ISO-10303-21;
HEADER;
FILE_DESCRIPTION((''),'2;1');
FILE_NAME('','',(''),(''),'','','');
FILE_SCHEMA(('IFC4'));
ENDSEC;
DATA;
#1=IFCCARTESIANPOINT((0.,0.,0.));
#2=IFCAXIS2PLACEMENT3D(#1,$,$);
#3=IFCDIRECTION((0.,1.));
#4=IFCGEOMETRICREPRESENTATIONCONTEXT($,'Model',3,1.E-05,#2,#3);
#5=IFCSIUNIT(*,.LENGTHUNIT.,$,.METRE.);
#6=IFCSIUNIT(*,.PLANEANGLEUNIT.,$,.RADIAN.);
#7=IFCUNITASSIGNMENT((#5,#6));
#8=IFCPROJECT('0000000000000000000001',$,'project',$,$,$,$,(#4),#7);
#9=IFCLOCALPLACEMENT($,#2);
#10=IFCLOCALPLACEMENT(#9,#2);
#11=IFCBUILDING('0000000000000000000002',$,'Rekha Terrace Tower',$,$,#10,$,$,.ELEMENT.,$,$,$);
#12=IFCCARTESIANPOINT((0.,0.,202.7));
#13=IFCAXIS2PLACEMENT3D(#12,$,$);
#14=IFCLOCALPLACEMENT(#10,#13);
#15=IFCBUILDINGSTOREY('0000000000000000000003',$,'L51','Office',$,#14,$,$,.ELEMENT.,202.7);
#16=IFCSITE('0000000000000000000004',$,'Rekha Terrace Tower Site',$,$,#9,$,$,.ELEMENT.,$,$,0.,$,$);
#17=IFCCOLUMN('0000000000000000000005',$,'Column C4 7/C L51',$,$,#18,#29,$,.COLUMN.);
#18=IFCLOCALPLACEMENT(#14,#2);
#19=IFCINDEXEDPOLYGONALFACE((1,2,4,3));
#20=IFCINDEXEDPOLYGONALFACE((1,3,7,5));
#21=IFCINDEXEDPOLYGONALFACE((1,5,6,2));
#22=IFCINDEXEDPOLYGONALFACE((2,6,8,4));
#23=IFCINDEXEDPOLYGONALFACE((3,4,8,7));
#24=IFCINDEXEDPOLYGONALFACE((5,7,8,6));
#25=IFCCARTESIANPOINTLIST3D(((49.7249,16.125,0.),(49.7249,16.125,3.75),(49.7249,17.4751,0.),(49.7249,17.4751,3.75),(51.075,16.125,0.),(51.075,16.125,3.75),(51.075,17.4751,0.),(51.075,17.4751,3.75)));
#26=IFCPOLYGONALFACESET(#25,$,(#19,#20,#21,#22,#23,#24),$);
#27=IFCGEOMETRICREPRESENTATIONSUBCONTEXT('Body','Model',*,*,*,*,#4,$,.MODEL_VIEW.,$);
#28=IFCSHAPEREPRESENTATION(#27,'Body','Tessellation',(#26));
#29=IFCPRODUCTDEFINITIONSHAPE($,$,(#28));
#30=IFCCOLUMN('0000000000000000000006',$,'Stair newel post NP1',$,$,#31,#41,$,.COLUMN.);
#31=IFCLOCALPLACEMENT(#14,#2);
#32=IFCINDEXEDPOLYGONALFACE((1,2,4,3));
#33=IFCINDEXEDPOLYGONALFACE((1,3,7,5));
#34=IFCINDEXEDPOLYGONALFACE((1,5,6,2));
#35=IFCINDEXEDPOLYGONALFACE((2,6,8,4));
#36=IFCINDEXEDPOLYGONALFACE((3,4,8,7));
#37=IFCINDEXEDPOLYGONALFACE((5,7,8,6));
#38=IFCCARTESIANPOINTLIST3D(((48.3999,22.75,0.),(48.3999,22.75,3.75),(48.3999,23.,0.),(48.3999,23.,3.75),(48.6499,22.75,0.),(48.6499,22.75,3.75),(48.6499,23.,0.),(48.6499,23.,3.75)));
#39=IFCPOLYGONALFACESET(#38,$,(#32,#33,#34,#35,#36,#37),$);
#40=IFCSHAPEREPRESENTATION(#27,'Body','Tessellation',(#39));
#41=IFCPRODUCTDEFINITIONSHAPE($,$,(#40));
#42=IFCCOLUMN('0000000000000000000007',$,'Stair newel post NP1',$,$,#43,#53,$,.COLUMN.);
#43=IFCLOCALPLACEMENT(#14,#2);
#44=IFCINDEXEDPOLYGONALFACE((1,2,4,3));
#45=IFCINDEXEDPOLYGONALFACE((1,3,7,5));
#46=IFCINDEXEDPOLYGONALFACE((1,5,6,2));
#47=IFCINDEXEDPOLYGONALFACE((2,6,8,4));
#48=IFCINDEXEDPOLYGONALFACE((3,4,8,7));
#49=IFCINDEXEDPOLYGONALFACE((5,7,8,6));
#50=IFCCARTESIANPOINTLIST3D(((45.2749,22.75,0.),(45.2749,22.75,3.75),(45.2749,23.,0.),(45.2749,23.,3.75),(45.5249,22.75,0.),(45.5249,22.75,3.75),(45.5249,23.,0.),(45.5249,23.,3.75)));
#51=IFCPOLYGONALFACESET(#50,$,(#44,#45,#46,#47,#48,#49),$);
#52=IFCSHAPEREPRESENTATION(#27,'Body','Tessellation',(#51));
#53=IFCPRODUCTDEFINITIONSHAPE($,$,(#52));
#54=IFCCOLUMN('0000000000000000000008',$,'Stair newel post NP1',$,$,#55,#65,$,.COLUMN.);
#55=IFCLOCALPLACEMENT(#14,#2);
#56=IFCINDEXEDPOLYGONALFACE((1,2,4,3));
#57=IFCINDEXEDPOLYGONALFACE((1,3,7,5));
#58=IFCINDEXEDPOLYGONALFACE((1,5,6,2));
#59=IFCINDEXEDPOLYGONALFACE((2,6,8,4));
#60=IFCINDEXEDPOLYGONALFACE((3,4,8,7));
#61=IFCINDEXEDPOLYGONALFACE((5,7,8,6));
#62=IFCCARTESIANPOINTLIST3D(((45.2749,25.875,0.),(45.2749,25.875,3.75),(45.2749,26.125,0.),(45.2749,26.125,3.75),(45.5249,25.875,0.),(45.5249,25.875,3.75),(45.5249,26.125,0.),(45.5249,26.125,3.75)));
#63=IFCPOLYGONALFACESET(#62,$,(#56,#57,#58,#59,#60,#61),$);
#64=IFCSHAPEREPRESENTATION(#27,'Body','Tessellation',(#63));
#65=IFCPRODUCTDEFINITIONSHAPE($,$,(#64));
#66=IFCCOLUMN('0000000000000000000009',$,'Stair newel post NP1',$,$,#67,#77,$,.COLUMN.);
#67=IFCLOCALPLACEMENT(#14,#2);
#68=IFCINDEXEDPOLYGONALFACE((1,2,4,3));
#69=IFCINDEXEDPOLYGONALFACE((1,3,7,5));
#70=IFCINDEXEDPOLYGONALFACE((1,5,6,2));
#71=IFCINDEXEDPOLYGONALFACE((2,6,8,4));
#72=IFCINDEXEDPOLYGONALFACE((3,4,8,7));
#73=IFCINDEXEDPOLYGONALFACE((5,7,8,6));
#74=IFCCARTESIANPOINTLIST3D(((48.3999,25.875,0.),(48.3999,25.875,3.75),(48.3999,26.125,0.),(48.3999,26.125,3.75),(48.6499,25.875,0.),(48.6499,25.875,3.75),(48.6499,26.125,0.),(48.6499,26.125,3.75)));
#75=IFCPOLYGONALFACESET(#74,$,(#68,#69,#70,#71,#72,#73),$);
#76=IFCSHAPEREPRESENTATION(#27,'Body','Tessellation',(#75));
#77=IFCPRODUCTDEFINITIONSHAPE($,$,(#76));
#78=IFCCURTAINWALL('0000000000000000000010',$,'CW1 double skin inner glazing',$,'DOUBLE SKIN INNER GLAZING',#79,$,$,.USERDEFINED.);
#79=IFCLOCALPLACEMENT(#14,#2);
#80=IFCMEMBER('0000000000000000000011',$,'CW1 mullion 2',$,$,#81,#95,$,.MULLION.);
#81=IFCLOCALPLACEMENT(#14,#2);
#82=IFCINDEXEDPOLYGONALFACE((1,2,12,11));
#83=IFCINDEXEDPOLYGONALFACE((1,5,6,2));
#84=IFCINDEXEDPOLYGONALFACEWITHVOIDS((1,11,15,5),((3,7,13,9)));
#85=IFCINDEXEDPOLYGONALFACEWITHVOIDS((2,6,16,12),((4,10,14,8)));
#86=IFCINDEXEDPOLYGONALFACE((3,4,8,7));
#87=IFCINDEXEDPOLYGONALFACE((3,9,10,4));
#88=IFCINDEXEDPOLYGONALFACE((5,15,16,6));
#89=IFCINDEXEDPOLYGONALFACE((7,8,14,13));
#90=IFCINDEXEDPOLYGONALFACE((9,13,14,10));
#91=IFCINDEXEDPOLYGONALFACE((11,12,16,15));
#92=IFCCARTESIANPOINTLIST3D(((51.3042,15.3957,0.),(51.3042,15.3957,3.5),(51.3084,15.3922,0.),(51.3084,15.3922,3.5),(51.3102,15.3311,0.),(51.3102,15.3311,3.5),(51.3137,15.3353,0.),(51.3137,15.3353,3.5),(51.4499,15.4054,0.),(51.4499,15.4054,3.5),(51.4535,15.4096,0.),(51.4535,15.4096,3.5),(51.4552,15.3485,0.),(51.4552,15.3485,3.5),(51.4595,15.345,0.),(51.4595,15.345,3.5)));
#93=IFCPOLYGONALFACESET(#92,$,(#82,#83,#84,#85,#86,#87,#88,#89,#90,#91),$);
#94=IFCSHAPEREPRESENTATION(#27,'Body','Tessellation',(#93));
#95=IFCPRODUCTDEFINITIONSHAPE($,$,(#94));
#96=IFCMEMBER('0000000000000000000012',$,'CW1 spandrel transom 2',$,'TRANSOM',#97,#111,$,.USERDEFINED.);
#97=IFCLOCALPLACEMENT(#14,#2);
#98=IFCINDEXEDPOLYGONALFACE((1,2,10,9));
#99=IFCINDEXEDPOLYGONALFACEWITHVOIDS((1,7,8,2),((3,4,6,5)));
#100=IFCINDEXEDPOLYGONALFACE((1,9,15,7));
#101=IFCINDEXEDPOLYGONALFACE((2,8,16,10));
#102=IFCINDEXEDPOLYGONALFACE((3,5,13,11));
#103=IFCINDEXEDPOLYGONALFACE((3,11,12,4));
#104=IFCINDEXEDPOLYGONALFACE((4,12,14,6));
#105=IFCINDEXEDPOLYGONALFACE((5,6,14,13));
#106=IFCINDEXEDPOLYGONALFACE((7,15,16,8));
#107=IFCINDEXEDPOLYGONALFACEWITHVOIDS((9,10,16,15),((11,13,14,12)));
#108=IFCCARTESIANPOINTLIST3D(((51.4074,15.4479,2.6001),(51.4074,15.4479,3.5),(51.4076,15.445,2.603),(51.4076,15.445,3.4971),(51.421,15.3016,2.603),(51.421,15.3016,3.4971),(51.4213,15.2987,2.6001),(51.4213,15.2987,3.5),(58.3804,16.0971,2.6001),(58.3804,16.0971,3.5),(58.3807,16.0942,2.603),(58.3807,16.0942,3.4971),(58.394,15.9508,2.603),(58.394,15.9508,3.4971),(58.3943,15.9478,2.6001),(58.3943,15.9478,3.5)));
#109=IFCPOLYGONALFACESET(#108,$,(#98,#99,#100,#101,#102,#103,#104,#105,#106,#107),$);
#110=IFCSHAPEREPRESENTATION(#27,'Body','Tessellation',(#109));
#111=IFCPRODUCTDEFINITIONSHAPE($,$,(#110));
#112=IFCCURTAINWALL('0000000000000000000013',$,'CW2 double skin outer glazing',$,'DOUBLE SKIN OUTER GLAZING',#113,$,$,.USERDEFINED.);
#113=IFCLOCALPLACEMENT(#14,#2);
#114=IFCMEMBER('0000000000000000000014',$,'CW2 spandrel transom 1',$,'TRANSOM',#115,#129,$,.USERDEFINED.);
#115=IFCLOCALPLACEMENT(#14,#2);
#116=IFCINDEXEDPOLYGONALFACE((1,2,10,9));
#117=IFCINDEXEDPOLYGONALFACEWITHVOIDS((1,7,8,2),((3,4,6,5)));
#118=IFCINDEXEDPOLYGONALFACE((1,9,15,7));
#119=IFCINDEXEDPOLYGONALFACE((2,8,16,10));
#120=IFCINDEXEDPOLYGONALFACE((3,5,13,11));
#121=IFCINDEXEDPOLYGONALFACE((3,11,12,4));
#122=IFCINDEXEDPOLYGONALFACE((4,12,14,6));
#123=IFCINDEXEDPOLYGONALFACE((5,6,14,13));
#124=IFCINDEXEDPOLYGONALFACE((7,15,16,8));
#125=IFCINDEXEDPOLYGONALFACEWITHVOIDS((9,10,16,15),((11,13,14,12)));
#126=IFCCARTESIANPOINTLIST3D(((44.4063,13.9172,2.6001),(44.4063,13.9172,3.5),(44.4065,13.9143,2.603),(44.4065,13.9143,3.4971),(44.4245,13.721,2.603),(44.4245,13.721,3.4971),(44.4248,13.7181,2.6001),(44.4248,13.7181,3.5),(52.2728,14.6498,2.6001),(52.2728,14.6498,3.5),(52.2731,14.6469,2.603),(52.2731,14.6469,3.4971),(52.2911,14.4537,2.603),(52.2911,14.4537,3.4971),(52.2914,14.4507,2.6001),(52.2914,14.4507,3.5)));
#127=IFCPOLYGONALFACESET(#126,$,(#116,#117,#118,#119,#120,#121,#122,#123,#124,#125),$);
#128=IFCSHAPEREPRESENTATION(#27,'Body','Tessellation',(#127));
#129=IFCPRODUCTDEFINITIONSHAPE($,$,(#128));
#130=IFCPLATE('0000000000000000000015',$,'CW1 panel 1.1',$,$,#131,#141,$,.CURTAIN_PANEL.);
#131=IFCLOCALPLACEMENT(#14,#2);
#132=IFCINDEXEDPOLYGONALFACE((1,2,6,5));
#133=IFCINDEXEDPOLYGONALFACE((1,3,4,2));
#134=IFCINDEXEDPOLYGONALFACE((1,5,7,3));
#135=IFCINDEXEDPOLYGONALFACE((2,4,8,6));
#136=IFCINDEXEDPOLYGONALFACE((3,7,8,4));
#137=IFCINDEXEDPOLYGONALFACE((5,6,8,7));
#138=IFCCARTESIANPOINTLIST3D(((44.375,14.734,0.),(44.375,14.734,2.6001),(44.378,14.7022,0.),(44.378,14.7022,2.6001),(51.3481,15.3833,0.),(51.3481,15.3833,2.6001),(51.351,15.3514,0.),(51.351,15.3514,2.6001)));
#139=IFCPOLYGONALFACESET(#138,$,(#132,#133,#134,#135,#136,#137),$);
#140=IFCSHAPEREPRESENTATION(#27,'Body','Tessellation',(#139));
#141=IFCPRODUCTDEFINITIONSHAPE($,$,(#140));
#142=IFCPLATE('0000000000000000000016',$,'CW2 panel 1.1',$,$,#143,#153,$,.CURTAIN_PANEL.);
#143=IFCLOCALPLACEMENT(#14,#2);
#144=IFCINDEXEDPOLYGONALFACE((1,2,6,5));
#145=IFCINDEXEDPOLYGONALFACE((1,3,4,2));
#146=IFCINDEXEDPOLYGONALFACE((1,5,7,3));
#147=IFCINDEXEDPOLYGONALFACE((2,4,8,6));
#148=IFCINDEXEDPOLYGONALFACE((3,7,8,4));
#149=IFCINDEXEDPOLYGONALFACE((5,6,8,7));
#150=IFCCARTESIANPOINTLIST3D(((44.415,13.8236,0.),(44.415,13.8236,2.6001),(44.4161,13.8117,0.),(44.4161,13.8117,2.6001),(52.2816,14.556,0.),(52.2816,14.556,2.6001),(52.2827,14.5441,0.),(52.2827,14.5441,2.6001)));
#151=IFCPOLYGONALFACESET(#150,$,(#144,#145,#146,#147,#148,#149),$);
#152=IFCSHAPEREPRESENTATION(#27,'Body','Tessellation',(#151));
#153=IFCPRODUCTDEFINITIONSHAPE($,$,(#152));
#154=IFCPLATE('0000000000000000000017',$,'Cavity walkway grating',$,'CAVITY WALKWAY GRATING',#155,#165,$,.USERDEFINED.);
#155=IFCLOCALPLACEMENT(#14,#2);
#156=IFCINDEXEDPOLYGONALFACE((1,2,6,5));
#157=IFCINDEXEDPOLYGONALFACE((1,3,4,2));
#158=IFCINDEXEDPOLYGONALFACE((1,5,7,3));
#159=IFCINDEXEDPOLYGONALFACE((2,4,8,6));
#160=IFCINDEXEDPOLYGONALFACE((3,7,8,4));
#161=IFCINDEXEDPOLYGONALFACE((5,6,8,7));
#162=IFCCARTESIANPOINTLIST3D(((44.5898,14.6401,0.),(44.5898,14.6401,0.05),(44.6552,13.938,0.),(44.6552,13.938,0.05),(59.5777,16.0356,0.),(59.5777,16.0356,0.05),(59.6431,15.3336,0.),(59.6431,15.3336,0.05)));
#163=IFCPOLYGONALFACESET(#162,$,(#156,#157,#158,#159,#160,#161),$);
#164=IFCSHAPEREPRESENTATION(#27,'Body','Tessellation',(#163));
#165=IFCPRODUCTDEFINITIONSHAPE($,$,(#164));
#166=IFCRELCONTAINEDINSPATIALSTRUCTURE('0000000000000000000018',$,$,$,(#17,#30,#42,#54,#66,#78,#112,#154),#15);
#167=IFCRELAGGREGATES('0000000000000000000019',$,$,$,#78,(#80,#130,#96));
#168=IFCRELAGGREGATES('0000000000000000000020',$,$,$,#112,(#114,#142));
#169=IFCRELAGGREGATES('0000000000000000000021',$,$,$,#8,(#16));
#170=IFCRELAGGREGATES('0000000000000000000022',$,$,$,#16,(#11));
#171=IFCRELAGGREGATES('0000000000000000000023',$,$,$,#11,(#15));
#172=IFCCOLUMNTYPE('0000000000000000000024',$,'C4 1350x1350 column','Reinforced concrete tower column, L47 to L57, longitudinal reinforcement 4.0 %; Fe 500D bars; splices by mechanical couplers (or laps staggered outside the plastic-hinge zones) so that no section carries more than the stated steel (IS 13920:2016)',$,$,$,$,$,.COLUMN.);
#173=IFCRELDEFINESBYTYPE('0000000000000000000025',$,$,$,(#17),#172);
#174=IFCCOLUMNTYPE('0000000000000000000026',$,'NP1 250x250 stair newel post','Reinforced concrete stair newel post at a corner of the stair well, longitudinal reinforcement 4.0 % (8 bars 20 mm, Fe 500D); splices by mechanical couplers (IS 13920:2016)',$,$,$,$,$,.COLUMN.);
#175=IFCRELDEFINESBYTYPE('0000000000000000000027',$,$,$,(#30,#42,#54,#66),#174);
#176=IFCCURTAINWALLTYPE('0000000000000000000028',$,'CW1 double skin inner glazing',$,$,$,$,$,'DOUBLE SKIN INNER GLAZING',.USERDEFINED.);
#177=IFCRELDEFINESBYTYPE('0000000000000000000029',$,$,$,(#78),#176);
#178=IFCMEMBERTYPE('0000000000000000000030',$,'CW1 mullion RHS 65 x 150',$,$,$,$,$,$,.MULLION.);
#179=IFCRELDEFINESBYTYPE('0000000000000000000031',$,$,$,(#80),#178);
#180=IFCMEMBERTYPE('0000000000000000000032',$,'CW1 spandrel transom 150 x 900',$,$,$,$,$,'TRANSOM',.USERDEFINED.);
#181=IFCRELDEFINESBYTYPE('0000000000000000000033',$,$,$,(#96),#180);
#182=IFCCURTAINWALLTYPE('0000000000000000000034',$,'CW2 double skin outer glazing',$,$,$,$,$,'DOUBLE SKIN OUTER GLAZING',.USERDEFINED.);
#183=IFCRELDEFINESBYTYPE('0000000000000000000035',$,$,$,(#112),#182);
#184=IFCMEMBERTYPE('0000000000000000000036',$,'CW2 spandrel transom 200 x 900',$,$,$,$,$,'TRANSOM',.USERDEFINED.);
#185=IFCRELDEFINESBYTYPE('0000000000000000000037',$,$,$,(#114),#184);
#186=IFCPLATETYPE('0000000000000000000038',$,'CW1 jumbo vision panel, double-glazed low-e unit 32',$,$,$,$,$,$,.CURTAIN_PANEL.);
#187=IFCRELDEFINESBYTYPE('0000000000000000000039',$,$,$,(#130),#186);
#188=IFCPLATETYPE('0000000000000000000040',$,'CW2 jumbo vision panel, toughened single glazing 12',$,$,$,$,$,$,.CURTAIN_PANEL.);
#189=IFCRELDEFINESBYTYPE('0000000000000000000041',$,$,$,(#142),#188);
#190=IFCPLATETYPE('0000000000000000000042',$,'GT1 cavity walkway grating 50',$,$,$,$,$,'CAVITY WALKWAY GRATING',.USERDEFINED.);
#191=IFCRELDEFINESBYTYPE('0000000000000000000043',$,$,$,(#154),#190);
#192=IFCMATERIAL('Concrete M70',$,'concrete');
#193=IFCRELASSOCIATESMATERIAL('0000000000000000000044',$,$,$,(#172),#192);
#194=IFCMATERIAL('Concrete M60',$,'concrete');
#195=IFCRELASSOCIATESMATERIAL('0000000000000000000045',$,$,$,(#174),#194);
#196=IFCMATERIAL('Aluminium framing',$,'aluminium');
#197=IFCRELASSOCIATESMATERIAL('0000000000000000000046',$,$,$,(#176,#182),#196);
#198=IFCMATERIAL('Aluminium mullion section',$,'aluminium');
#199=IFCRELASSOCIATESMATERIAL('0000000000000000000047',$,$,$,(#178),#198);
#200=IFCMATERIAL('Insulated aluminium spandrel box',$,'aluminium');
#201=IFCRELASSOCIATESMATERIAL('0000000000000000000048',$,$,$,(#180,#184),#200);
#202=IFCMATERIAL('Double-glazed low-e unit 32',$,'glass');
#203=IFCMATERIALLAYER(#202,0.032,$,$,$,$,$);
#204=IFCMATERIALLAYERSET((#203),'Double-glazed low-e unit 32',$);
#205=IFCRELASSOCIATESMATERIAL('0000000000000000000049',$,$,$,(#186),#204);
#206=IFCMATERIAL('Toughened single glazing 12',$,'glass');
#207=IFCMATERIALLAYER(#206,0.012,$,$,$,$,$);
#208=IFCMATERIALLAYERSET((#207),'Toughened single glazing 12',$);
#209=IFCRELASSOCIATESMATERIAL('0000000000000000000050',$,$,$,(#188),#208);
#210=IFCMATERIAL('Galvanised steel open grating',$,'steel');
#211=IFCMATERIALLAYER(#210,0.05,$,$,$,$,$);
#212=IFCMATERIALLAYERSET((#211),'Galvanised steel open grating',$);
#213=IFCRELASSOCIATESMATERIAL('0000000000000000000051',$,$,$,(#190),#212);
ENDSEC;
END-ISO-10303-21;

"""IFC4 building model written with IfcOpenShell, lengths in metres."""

from ifc_helpers import new_model, si_unit, direction, frame, origin, origin_2d, place, context, subcontext, project, spatial, rectangle, hollow_rectangle, extrude, material, layer, layer_set, material_profile, profile_set, type_object, element, aggregate, save


model = new_model("IFC4")

# Units and contexts
model_context = context("Model", 3, precision=1e-05, world=origin(), true_north=direction((0.0, 1.0)))
body_context = subcontext(model_context, "Body", "Model", "MODEL_VIEW")
ifc_project = project(units=[si_unit("LENGTHUNIT", "METRE"), si_unit("PLANEANGLEUNIT", "RADIAN")], contexts=[model_context])

# Site, building, storey
site_placement = place(None, origin())
site = spatial("IfcSite", under=ifc_project, at=site_placement, Name="Rekha Terrace Tower Site", CompositionType="ELEMENT", RefElevation=0.0)
building_placement = place(site_placement, origin())
building = spatial("IfcBuilding", under=site, at=building_placement, Name="Rekha Terrace Tower", CompositionType="ELEMENT")
storey_placement = place(building_placement, frame((0.0, 0.0, 202.7)))
storey = spatial("IfcBuildingStorey", under=building, at=storey_placement, Name="L51", Description="Office", CompositionType="ELEMENT", Elevation=202.7)

# Columns
ifc_material_1 = material(Name="Concrete M70", Category="concrete")
ifc_material_profile_1 = material_profile(ifc_material_1, rectangle(XDim=1.3501, YDim=1.3501, at=origin_2d()), Name="RC 1350x1350")
ifc_profile_set_1 = profile_set([ifc_material_profile_1], Name="Concrete M70")
column_type_1 = type_object("IfcColumnType", Name="C4 1350x1350 column", Description="Reinforced concrete tower column, L47 to L57, longitudinal reinforcement 4.0 %; Fe 500D bars; splices by mechanical couplers (or laps staggered outside the plastic-hinge zones) so that no section carries more than the stated steel (IS 13920:2016)", PredefinedType="COLUMN", material=ifc_profile_set_1)
column_placement = place(storey_placement, frame((50.3999, 16.8, 0.0), z_axis=(0.0, 0.0, 1.0), x_axis=(1.0, 0.0, 0.0)))
element("IfcColumn", 1, at=column_placement, inside=storey, type_object=column_type_1, Name="Column C4 7/C L51", PredefinedType="COLUMN", context=body_context, shape_type="SweptSolid", body=[
    extrude(rectangle(XDim=1.3501, YDim=1.3501, at=origin_2d()), origin(), (0.0, 0.0, 1.0), 3.75),
])
ifc_material_2 = material(Name="Concrete M60", Category="concrete")
ifc_material_profile_2 = material_profile(ifc_material_2, rectangle(XDim=0.25, YDim=0.25, at=origin_2d()), Name="RC 250x250")
ifc_profile_set_2 = profile_set([ifc_material_profile_2], Name="Concrete M60")
column_type_2 = type_object("IfcColumnType", Name="NP1 250x250 stair newel post", Description="Reinforced concrete stair newel post at a corner of the stair well, longitudinal reinforcement 4.0 % (8 bars 20 mm, Fe 500D); splices by mechanical couplers (IS 13920:2016)", PredefinedType="COLUMN", material=ifc_profile_set_2)
for number, where, z_axis, x_axis, name in (
    (2, (48.5249, 22.875, 0.0), (0.0, 0.0, 1.0), (1.0, 0.0, 0.0), "Stair newel post NP1"),
    (3, (45.3999, 22.875, 0.0), (0.0, 0.0, 1.0), (1.0, 0.0, 0.0), "Stair newel post NP1"),
    (4, (45.3999, 26.0, 0.0), (0.0, 0.0, 1.0), (1.0, 0.0, 0.0), "Stair newel post NP1"),
    (5, (48.5249, 26.0, 0.0), (0.0, 0.0, 1.0), (1.0, 0.0, 0.0), "Stair newel post NP1"),
):
    element("IfcColumn", number, at=place(storey_placement, frame(where, z_axis=z_axis, x_axis=x_axis)), inside=storey, type_object=column_type_2, Name=name, PredefinedType="COLUMN", context=body_context, shape_type="SweptSolid", body=[
        extrude(rectangle(XDim=0.25, YDim=0.25, at=origin_2d()), origin(), (0.0, 0.0, 1.0), 3.75),
    ])

# Curtain wall, members
ifc_material_3 = material(Name="Aluminium framing", Category="aluminium")
curtain_wall_type_1 = type_object("IfcCurtainWallType", Name="CW1 double skin inner glazing", ElementType="DOUBLE SKIN INNER GLAZING", PredefinedType="USERDEFINED", material=ifc_material_3)
curtain_wall_1_placement = place(storey_placement, origin())
curtain_wall_1 = element("IfcCurtainWall", 6, at=curtain_wall_1_placement, inside=storey, type_object=curtain_wall_type_1, Name="CW1 double skin inner glazing", ObjectType="DOUBLE SKIN INNER GLAZING", PredefinedType="USERDEFINED")
ifc_material_4 = material(Name="Aluminium mullion section", Category="aluminium")
ifc_material_profile_3 = material_profile(ifc_material_4, hollow_rectangle(XDim=0.0649, YDim=0.1499, WallThickness=0.0039, at=origin_2d()), Name="AL RHS 65x150")
ifc_profile_set_3 = profile_set([ifc_material_profile_3], Name="Aluminium mullion section")
member_type_1 = type_object("IfcMemberType", Name="CW1 mullion RHS 65 x 150", PredefinedType="MULLION", material=ifc_profile_set_3)
member_1_placement = place(storey_placement, frame((51.3818, 15.3704, 0.0), z_axis=(0.0, 0.0, 1.0), x_axis=(-0.092709, 0.995693, 0.0)))
member_1 = element("IfcMember", 7, at=member_1_placement, type_object=member_type_1, Name="CW1 mullion 2", PredefinedType="MULLION", context=body_context, shape_type="SweptSolid", body=[
    extrude(hollow_rectangle(XDim=0.0649, YDim=0.1499, WallThickness=0.0039, at=origin_2d()), origin(), (0.0, 0.0, 1.0), 3.5),
])
ifc_material_5 = material(Name="Insulated aluminium spandrel box", Category="aluminium")
ifc_material_profile_4 = material_profile(ifc_material_5, hollow_rectangle(XDim=0.1499, YDim=0.8999, WallThickness=0.0029, at=origin_2d()), Name="AL SPANDREL BOX 150x900")
ifc_profile_set_4 = profile_set([ifc_material_profile_4], Name="Insulated aluminium spandrel box")
member_type_2 = type_object("IfcMemberType", Name="CW1 spandrel transom 150 x 900", ElementType="TRANSOM", PredefinedType="USERDEFINED", material=ifc_profile_set_4)
member_2_placement = place(storey_placement, frame((51.4143, 15.3733, 3.05), z_axis=(0.995694, 0.092698, 0.0), x_axis=(-0.092698, 0.995694, 0.0)))
member_2 = element("IfcMember", 8, at=member_2_placement, type_object=member_type_2, Name="CW1 spandrel transom 2", ObjectType="TRANSOM", PredefinedType="USERDEFINED", context=body_context, shape_type="SweptSolid", body=[
    extrude(hollow_rectangle(XDim=0.1499, YDim=0.8999, WallThickness=0.0029, at=origin_2d()), origin(), (0.0, 0.0, 1.0), 7.0032),
])

# Curtain wall, member
curtain_wall_type_2 = type_object("IfcCurtainWallType", Name="CW2 double skin outer glazing", ElementType="DOUBLE SKIN OUTER GLAZING", PredefinedType="USERDEFINED", material=ifc_material_3)
curtain_wall_2_placement = place(storey_placement, origin())
curtain_wall_2 = element("IfcCurtainWall", 9, at=curtain_wall_2_placement, inside=storey, type_object=curtain_wall_type_2, Name="CW2 double skin outer glazing", ObjectType="DOUBLE SKIN OUTER GLAZING", PredefinedType="USERDEFINED")
ifc_material_profile_5 = material_profile(ifc_material_5, hollow_rectangle(XDim=0.2, YDim=0.8999, WallThickness=0.0029, at=origin_2d()), Name="AL SPANDREL BOX 200x900")
ifc_profile_set_5 = profile_set([ifc_material_profile_5], Name="Insulated aluminium spandrel box")
member_type_3 = type_object("IfcMemberType", Name="CW2 spandrel transom 200 x 900", ElementType="TRANSOM", PredefinedType="USERDEFINED", material=ifc_profile_set_5)
member_3_placement = place(storey_placement, frame((44.4155, 13.8176, 3.05), z_axis=(0.995691, 0.092734, 0.0), x_axis=(-0.092734, 0.995691, 0.0)))
member_3 = element("IfcMember", 10, at=member_3_placement, type_object=member_type_3, Name="CW2 spandrel transom 1", ObjectType="TRANSOM", PredefinedType="USERDEFINED", context=body_context, shape_type="SweptSolid", body=[
    extrude(hollow_rectangle(XDim=0.2, YDim=0.8999, WallThickness=0.0029, at=origin_2d()), origin(), (0.0, 0.0, 1.0), 7.9006),
])

# Plates
ifc_material_6 = material(Name="Double-glazed low-e unit 32", Category="glass")
ifc_layer_1 = layer(ifc_material_6, 0.032)
ifc_layer_set_1 = layer_set([ifc_layer_1], Name="Double-glazed low-e unit 32")
plate_type_1 = type_object("IfcPlateType", Name="CW1 jumbo vision panel, double-glazed low-e unit 32", PredefinedType="CURTAIN_PANEL", material=ifc_layer_set_1)
plate_1_placement = place(storey_placement, frame((47.863, 15.0427, 0.0), z_axis=(0.0, 0.0, 1.0), x_axis=(0.995693, 0.092709, 0.0)))
plate_1 = element("IfcPlate", 11, at=plate_1_placement, type_object=plate_type_1, Name="CW1 panel 1.1", PredefinedType="CURTAIN_PANEL", context=body_context, shape_type="SweptSolid", body=[
    extrude(rectangle(XDim=7.0032, YDim=0.032, at=origin_2d()), origin(), (0.0, 0.0, 1.0), 2.6001),
])
aggregate(curtain_wall_1, [member_1, plate_1, member_2])
ifc_material_7 = material(Name="Toughened single glazing 12", Category="glass")
ifc_layer_2 = layer(ifc_material_7, 0.012)
ifc_layer_set_2 = layer_set([ifc_layer_2], Name="Toughened single glazing 12")
plate_type_2 = type_object("IfcPlateType", Name="CW2 jumbo vision panel, toughened single glazing 12", PredefinedType="CURTAIN_PANEL", material=ifc_layer_set_2)
plate_2_placement = place(storey_placement, frame((48.3489, 14.1838, 0.0), z_axis=(0.0, 0.0, 1.0), x_axis=(0.995693, 0.092709, 0.0)))
plate_2 = element("IfcPlate", 12, at=plate_2_placement, type_object=plate_type_2, Name="CW2 panel 1.1", PredefinedType="CURTAIN_PANEL", context=body_context, shape_type="SweptSolid", body=[
    extrude(rectangle(XDim=7.9006, YDim=0.012, at=origin_2d()), origin(), (0.0, 0.0, 1.0), 2.6001),
])
aggregate(curtain_wall_2, [member_3, plate_2])
ifc_material_8 = material(Name="Galvanised steel open grating", Category="steel")
ifc_layer_3 = layer(ifc_material_8, 0.05)
ifc_layer_set_3 = layer_set([ifc_layer_3], Name="Galvanised steel open grating")
plate_type_3 = type_object("IfcPlateType", Name="GT1 cavity walkway grating 50", ElementType="CAVITY WALKWAY GRATING", PredefinedType="USERDEFINED", material=ifc_layer_set_3)
plate_3_placement = place(storey_placement, frame((52.1165, 14.9868, 0.0), z_axis=(0.0, 0.0, 1.0), x_axis=(0.995693, 0.092709, 0.0)))
element("IfcPlate", 13, at=plate_3_placement, inside=storey, type_object=plate_type_3, Name="Cavity walkway grating", ObjectType="CAVITY WALKWAY GRATING", PredefinedType="USERDEFINED", context=body_context, shape_type="SweptSolid", body=[
    extrude(rectangle(XDim=15.0527, YDim=0.7051, at=origin_2d()), origin(), (0.0, 0.0, 1.0), 0.05),
])

save(model, "model.ifc")
